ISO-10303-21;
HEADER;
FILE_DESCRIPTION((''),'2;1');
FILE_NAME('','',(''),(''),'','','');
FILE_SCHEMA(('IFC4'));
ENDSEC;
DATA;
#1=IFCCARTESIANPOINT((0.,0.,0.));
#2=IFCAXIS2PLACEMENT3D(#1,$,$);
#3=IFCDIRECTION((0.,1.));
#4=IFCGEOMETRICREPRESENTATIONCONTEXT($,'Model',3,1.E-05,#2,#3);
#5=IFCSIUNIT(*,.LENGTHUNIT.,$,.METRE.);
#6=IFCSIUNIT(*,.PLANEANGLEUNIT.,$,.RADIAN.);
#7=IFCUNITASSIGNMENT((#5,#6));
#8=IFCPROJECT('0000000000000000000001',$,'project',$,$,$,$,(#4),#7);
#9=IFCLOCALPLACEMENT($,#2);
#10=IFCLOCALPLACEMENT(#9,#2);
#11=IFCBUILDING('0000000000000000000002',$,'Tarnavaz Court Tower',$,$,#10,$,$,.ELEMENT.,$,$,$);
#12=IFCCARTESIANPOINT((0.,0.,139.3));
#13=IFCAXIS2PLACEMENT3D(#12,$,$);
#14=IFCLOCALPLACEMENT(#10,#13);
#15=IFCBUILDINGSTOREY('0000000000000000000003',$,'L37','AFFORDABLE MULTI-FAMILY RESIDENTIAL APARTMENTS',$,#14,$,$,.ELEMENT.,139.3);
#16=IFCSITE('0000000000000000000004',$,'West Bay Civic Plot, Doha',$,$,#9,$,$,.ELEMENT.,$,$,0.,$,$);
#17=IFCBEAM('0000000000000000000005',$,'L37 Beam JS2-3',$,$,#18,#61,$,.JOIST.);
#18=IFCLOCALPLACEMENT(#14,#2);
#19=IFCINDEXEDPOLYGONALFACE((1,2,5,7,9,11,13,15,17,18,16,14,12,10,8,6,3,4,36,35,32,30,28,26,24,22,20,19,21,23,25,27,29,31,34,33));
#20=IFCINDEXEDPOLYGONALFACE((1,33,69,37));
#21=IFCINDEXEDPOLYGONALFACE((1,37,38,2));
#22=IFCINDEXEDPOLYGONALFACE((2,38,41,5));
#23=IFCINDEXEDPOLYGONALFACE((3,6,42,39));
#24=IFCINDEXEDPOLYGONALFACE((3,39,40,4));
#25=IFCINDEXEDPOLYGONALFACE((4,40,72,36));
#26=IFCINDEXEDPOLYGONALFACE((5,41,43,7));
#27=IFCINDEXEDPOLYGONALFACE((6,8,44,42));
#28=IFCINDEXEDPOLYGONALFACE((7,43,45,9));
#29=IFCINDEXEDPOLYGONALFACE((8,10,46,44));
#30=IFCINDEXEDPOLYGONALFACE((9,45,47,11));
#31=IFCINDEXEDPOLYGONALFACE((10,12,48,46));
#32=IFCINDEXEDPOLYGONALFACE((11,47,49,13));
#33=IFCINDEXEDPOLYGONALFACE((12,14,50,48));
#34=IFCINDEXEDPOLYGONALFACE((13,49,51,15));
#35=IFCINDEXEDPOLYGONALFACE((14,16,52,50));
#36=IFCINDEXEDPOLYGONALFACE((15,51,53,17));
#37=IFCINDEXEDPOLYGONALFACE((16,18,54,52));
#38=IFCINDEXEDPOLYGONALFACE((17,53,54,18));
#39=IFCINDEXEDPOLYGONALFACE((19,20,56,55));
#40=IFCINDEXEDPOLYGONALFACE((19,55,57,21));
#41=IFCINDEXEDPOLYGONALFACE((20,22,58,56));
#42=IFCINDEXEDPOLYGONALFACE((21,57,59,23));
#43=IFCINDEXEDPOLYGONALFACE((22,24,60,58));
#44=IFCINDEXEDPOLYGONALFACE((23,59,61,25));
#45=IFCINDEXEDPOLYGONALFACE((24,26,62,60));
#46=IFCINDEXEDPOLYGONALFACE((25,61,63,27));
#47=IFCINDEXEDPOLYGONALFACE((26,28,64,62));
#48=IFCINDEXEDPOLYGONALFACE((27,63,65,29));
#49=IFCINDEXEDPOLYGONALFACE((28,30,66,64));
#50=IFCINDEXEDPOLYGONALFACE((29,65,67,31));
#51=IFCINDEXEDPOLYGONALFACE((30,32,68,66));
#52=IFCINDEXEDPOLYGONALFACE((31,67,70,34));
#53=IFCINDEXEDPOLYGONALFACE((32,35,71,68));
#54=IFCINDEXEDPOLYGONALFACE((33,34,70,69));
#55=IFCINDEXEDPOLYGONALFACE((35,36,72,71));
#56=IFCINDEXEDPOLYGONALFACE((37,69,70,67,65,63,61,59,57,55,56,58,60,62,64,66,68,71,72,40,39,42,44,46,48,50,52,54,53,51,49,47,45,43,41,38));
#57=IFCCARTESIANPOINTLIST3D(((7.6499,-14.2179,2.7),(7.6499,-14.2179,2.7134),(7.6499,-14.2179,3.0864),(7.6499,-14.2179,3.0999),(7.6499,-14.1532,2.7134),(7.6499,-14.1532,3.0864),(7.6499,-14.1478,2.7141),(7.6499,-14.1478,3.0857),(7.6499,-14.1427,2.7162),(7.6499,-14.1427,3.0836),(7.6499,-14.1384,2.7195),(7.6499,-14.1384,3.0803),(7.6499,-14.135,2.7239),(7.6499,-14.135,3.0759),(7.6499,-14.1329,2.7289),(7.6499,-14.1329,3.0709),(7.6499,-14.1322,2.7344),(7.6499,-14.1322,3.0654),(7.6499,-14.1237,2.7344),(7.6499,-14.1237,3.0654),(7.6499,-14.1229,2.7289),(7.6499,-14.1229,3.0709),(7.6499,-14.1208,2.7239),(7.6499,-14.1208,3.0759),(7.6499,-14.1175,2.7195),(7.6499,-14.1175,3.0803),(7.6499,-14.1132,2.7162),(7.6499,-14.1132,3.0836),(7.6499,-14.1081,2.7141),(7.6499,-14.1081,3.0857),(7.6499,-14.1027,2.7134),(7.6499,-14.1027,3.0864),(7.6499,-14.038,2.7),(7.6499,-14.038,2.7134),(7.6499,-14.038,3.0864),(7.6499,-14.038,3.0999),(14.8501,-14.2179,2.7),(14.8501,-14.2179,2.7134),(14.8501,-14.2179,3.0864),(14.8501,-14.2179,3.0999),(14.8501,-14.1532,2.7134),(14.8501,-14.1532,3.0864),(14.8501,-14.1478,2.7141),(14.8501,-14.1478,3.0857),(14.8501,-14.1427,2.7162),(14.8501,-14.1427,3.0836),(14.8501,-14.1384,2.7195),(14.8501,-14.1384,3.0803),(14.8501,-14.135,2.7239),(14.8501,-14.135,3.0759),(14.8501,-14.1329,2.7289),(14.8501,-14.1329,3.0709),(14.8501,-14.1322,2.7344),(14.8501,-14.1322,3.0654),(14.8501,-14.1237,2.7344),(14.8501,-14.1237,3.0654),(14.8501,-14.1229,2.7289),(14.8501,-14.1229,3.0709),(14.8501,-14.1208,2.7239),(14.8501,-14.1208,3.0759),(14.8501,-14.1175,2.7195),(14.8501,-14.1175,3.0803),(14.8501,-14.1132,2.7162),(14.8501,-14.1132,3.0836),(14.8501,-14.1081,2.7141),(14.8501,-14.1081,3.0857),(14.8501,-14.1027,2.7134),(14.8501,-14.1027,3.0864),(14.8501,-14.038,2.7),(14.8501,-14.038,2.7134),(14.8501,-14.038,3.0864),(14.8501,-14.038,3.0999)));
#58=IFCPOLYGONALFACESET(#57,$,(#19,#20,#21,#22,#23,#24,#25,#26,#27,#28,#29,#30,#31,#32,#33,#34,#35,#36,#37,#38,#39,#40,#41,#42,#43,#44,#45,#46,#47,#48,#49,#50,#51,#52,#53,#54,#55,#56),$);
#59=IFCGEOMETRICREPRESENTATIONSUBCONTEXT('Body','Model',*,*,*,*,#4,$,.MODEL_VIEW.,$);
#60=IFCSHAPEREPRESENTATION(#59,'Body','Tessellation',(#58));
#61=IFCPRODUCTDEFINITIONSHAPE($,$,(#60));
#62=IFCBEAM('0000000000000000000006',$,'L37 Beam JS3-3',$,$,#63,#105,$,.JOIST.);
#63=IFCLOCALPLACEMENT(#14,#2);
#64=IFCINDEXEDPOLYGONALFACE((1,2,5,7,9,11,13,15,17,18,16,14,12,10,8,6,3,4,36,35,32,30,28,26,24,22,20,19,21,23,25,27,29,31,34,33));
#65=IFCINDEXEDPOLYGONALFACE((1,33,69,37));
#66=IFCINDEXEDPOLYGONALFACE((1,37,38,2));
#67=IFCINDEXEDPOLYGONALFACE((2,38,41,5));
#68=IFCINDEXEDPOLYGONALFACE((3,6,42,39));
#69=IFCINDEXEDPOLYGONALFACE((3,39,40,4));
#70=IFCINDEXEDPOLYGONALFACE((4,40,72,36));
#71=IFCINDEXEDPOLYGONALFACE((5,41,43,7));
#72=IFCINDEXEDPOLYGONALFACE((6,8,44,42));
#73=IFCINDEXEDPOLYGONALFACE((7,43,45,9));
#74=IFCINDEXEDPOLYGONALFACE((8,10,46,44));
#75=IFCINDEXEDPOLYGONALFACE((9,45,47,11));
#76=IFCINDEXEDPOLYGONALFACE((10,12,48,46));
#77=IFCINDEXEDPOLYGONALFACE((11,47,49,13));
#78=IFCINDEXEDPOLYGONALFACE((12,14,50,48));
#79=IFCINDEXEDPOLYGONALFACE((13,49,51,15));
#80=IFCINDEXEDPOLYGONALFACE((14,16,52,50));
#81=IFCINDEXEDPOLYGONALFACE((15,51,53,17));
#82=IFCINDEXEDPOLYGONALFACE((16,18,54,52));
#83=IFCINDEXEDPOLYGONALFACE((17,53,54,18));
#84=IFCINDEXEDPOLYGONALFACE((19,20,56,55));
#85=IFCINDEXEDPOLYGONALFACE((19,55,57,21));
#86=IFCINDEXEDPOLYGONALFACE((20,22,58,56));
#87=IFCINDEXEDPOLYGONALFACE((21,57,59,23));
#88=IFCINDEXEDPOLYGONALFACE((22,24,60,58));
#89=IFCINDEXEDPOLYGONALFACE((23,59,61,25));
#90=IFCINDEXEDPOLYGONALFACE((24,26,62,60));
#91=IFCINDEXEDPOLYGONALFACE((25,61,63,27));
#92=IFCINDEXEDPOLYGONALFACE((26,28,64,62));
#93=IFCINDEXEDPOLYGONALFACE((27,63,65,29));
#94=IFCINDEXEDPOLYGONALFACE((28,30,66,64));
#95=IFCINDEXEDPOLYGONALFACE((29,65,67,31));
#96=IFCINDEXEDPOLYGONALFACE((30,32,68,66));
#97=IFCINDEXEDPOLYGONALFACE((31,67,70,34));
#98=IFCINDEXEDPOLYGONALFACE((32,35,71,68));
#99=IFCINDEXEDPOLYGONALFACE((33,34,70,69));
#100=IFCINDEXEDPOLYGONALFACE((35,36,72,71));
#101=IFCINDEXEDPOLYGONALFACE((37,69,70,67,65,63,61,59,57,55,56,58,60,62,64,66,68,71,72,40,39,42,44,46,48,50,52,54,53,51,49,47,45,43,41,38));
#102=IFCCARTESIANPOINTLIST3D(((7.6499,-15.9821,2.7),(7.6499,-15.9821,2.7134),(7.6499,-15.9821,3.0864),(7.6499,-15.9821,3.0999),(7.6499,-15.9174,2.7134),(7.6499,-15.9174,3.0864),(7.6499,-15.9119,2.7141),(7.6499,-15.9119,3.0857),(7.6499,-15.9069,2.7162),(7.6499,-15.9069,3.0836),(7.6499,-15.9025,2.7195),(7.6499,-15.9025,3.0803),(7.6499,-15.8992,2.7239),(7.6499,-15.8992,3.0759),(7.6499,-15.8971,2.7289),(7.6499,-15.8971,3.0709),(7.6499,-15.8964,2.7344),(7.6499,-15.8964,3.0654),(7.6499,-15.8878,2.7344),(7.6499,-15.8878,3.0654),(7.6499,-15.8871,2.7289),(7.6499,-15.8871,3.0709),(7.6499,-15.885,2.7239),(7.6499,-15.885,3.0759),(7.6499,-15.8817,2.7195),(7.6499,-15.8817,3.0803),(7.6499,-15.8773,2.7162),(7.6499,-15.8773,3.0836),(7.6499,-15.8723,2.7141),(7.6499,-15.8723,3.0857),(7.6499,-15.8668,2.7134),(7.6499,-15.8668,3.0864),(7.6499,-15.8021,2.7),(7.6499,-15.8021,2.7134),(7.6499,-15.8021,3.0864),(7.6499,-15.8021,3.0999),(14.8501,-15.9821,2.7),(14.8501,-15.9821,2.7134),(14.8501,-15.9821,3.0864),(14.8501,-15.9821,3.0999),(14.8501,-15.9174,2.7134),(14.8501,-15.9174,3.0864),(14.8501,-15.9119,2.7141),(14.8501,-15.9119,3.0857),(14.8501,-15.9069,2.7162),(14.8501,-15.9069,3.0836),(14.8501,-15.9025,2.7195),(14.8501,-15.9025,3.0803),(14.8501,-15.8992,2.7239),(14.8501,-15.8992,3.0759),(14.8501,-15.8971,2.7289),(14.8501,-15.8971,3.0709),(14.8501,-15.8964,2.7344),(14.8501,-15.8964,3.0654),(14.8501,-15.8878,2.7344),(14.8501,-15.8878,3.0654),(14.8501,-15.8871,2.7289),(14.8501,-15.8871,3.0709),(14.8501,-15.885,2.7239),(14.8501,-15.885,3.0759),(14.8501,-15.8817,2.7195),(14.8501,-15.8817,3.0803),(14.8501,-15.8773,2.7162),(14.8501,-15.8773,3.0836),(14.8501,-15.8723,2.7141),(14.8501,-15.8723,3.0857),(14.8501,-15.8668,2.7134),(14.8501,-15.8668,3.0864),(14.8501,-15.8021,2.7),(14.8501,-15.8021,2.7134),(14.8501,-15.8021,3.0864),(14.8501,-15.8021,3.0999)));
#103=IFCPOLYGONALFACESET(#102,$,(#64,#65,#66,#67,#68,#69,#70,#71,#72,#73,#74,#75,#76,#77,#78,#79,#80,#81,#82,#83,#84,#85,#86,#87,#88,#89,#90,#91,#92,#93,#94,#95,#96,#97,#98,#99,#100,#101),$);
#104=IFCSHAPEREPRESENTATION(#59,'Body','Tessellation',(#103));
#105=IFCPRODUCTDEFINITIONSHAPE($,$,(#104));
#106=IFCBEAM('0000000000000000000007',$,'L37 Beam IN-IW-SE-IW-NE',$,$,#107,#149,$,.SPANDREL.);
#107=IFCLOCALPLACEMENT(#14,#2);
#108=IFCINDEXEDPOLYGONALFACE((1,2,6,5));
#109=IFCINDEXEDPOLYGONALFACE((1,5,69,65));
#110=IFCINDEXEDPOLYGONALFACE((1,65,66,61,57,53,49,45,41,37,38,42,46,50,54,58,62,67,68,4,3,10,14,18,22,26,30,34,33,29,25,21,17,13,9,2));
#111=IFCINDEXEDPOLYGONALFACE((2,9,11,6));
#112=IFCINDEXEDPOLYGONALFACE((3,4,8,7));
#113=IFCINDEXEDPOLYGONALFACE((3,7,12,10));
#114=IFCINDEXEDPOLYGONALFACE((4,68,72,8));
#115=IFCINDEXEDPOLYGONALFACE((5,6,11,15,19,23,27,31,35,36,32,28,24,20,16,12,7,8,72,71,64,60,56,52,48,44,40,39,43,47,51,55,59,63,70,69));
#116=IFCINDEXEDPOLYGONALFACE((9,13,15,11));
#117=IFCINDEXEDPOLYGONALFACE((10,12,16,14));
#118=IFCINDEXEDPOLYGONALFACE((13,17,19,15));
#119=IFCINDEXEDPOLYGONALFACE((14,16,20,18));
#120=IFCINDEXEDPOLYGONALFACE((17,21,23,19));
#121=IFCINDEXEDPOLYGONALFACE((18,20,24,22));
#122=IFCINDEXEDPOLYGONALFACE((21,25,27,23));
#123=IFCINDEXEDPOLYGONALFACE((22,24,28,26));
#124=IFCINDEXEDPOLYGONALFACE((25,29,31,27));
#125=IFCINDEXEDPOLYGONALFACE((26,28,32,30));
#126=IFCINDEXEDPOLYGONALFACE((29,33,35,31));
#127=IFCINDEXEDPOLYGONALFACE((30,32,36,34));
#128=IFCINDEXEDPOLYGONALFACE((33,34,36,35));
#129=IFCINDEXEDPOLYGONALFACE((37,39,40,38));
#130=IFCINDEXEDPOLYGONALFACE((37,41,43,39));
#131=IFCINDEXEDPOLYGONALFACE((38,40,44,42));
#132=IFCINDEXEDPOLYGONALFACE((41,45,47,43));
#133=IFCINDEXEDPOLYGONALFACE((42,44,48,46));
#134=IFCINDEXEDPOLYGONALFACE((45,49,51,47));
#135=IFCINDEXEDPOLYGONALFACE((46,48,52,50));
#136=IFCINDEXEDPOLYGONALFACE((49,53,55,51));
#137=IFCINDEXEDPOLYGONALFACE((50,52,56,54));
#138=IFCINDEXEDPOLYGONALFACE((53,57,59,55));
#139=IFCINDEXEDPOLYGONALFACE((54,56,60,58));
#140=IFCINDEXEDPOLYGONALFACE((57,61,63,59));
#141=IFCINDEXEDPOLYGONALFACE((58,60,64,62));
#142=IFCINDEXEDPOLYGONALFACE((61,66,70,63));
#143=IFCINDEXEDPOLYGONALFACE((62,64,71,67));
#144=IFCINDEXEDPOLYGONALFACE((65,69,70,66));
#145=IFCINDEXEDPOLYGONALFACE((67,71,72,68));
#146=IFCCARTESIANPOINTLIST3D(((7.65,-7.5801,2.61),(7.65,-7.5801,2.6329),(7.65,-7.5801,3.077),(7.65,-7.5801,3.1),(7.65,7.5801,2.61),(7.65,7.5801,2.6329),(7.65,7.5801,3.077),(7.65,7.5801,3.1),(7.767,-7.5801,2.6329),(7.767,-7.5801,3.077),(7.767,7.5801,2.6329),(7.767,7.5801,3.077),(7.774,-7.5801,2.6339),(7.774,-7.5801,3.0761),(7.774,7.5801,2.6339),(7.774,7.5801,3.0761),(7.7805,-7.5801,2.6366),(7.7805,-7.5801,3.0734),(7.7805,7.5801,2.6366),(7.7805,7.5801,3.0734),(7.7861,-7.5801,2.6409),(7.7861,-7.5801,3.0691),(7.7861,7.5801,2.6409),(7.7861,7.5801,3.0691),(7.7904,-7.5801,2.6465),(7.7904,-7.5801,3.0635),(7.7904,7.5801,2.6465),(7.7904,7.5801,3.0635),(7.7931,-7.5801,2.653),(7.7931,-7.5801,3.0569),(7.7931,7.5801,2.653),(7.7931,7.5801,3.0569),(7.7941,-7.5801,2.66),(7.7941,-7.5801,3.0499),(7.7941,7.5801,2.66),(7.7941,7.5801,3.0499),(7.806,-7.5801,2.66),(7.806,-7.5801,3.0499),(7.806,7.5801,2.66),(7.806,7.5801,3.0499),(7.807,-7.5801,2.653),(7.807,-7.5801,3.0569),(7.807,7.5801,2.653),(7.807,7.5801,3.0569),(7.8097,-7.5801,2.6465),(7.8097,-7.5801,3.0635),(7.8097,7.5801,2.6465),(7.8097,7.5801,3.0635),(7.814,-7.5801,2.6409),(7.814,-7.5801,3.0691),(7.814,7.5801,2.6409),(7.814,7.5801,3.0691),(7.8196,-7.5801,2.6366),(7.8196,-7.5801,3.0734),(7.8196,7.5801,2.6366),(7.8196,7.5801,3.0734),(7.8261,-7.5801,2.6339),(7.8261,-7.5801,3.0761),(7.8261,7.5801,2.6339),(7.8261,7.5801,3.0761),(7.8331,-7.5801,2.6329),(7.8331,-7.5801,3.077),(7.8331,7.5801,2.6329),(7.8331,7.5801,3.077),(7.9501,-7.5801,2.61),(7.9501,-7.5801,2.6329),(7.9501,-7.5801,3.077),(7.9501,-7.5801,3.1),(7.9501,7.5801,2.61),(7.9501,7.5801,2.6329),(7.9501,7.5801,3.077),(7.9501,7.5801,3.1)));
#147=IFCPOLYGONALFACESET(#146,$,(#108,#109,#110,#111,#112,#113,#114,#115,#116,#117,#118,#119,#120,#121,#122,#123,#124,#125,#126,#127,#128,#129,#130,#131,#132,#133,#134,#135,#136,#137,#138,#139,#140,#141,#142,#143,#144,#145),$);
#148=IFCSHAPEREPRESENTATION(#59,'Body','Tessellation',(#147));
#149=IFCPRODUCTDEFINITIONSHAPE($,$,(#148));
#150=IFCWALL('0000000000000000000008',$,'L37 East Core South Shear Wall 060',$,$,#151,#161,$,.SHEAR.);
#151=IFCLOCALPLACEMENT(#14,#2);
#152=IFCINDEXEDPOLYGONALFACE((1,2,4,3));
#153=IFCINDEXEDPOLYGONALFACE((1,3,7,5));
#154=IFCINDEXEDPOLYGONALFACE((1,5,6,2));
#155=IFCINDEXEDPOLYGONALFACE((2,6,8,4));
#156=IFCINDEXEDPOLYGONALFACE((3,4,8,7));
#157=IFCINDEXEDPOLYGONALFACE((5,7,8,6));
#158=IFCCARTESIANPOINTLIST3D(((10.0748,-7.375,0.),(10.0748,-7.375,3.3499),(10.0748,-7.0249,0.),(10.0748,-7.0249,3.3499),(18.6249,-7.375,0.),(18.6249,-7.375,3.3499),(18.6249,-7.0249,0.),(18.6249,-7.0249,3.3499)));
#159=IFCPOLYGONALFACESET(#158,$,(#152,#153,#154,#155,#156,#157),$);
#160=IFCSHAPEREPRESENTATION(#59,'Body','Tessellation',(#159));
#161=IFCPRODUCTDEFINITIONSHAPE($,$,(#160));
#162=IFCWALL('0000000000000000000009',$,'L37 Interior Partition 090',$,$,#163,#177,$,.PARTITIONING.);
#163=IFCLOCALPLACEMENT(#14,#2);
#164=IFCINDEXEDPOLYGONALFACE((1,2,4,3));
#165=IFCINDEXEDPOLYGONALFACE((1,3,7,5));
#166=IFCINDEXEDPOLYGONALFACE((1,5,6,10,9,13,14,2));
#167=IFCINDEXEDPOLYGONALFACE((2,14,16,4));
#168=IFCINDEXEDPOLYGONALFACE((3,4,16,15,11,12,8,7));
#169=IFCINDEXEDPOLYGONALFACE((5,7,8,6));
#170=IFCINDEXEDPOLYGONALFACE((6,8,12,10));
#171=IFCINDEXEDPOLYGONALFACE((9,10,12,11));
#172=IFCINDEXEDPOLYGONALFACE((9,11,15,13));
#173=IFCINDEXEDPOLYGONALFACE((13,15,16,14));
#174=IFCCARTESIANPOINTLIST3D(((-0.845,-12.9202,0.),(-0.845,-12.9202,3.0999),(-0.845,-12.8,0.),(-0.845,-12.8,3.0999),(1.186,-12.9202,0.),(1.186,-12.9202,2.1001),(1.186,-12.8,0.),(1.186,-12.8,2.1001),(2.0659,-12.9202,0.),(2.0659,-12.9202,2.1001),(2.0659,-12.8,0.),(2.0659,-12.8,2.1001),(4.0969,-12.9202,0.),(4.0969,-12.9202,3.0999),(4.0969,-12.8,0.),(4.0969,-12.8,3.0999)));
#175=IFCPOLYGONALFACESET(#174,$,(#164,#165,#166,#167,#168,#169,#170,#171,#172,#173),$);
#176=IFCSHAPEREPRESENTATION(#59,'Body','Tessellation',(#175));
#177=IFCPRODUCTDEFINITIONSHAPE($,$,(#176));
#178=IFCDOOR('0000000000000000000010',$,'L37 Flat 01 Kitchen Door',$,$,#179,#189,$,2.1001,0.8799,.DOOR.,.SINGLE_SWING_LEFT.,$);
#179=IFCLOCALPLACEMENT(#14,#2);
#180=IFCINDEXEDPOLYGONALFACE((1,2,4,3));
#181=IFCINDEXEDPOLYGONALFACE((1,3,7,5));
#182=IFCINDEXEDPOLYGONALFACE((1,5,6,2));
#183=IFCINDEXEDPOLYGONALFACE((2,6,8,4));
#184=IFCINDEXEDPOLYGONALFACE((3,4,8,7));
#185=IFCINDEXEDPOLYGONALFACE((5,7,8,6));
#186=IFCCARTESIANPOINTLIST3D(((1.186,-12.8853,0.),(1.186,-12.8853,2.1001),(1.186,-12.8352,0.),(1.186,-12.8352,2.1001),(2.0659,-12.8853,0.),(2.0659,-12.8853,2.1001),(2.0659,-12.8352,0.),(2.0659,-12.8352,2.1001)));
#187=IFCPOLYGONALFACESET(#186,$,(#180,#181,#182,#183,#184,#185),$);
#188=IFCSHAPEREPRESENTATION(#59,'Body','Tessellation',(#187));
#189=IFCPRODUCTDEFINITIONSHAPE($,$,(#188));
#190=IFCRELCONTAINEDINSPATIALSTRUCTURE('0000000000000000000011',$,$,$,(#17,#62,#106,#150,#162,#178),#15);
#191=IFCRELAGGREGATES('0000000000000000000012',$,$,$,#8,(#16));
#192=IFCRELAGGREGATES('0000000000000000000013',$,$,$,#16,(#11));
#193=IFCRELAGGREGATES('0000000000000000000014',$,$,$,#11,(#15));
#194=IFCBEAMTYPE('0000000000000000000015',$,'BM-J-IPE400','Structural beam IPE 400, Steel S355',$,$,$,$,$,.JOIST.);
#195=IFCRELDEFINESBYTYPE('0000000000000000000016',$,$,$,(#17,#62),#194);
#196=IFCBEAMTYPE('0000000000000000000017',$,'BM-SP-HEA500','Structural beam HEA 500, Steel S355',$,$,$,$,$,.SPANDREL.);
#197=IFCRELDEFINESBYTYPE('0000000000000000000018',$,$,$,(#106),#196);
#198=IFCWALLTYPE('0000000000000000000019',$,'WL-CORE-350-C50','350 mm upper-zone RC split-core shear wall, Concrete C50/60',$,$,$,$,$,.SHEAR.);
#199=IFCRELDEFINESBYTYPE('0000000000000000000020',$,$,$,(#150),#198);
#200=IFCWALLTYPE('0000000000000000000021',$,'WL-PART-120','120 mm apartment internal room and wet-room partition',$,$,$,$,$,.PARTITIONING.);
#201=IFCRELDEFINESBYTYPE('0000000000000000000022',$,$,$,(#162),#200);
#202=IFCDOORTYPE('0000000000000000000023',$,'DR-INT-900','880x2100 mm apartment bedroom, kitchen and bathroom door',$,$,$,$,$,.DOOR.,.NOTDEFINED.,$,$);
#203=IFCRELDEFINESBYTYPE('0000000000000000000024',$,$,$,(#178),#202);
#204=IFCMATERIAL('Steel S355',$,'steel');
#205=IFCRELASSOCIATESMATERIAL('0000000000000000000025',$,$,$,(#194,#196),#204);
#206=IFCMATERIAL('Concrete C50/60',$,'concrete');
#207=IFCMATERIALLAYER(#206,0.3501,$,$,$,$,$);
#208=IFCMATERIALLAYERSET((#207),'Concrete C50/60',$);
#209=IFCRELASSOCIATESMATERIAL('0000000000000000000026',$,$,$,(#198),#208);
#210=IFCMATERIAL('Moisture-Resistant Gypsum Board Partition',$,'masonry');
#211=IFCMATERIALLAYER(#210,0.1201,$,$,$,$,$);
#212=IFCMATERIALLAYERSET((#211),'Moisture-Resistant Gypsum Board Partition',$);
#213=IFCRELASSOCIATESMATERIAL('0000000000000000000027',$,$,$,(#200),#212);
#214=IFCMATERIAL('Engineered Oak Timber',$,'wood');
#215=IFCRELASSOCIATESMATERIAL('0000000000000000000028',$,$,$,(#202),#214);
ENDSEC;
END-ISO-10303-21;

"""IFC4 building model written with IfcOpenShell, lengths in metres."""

from ifc_helpers import new_model, si_unit, direction, frame, frame_2d, origin, origin_2d, place, context, subcontext, project, spatial, rectangle, i_section, extrude, material, layer, layer_set, material_profile, profile_set, type_object, element, fill, save


model = new_model("IFC4")

# Units and contexts
model_context = context("Model", 3, precision=1e-05, world=origin(), true_north=direction((0.0, 1.0)))
body_context = subcontext(model_context, "Body", "Model", "MODEL_VIEW")
ifc_project = project(units=[si_unit("LENGTHUNIT", "METRE"), si_unit("PLANEANGLEUNIT", "RADIAN")], contexts=[model_context])

# Site, building, storey
site_placement = place(None, origin())
site = spatial("IfcSite", under=ifc_project, at=site_placement, Name="West Bay Civic Plot, Doha", CompositionType="ELEMENT", RefElevation=0.0)
building_placement = place(site_placement, origin())
building = spatial("IfcBuilding", under=site, at=building_placement, Name="Tarnavaz Court Tower", CompositionType="ELEMENT")
storey_placement = place(building_placement, frame((0.0, 0.0, 139.3)))
storey = spatial("IfcBuildingStorey", under=building, at=storey_placement, Name="L37", Description="AFFORDABLE MULTI-FAMILY RESIDENTIAL APARTMENTS", CompositionType="ELEMENT", Elevation=139.3)

# Beams
ifc_material_1 = material(Name="Steel S355", Category="steel")
ifc_material_profile_1 = material_profile(ifc_material_1, i_section(OverallWidth=0.1799, OverallDepth=0.3999, WebThickness=0.0085, FlangeThickness=0.0134, FilletRadius=0.021, at=origin_2d()), Name="IPE 400")
ifc_profile_set_1 = profile_set([ifc_material_profile_1], Name="Steel S355")
beam_type_1 = type_object("IfcBeamType", Name="BM-J-IPE400", Description="Structural beam IPE 400, Steel S355", PredefinedType="JOIST", material=ifc_profile_set_1)
for number, where, z_axis, x_axis, name in (
    (1, (7.6499, -14.1279, 2.8999), (1.0, 0.0, 0.0), (0.0, 1.0, 0.0), "L37 Beam JS2-3"),
    (2, (7.6499, -15.8921, 2.8999), (1.0, 0.0, 0.0), (0.0, 1.0, 0.0), "L37 Beam JS3-3"),
):
    element("IfcBeam", number, at=place(storey_placement, frame(where, z_axis=z_axis, x_axis=x_axis)), inside=storey, type_object=beam_type_1, Name=name, PredefinedType="JOIST", context=body_context, shape_type="SweptSolid", body=[
        extrude(i_section(OverallWidth=0.1799, OverallDepth=0.3999, WebThickness=0.0085, FlangeThickness=0.0134, FilletRadius=0.021, at=origin_2d()), origin(), (0.0, 0.0, 1.0), 7.2002),
    ])
ifc_material_profile_2 = material_profile(ifc_material_1, i_section(OverallWidth=0.3, OverallDepth=0.49, WebThickness=0.012, FlangeThickness=0.0229, FilletRadius=0.0271, at=origin_2d()), Name="HEA 500")
ifc_profile_set_2 = profile_set([ifc_material_profile_2], Name="Steel S355")
beam_type_2 = type_object("IfcBeamType", Name="BM-SP-HEA500", Description="Structural beam HEA 500, Steel S355", PredefinedType="SPANDREL", material=ifc_profile_set_2)
beam_1_placement = place(storey_placement, frame((7.8, -7.5801, 2.855), z_axis=(0.0, 1.0, 0.0), x_axis=(-1.0, 0.0, 0.0)))
element("IfcBeam", 3, at=beam_1_placement, inside=storey, type_object=beam_type_2, Name="L37 Beam IN-IW-SE-IW-NE", PredefinedType="SPANDREL", context=body_context, shape_type="SweptSolid", body=[
    extrude(i_section(OverallWidth=0.3, OverallDepth=0.49, WebThickness=0.012, FlangeThickness=0.0229, FilletRadius=0.0271, at=origin_2d()), origin(), (0.0, 0.0, 1.0), 15.1602),
])

# Wall
ifc_material_2 = material(Name="Concrete C50/60", Category="concrete")
ifc_layer_1 = layer(ifc_material_2, 0.3501)
ifc_layer_set_1 = layer_set([ifc_layer_1], Name="Concrete C50/60")
wall_type_1 = type_object("IfcWallType", Name="WL-CORE-350-C50", Description="350 mm upper-zone RC split-core shear wall, Concrete C50/60", PredefinedType="SHEAR", material=ifc_layer_set_1)
wall_1_placement = place(storey_placement, frame((10.075, -7.2, 0.0), z_axis=(0.0, 0.0, 1.0), x_axis=(1.0, 0.0, 0.0)))
element("IfcWall", 4, at=wall_1_placement, inside=storey, type_object=wall_type_1, Name="L37 East Core South Shear Wall 060", PredefinedType="SHEAR", context=body_context, shape_type="SweptSolid", body=[
    extrude(rectangle(XDim=8.55, YDim=0.3501, at=frame_2d((4.2749, 0.0))), origin(), (0.0, 0.0, 1.0), 3.3499),
])

# Shared definitions
ifc_material_3 = material(Name="Engineered Oak Timber", Category="wood")

# Wall, opening, door
ifc_material_4 = material(Name="Moisture-Resistant Gypsum Board Partition", Category="masonry")
ifc_layer_2 = layer(ifc_material_4, 0.1201)
ifc_layer_set_2 = layer_set([ifc_layer_2], Name="Moisture-Resistant Gypsum Board Partition")
wall_type_2 = type_object("IfcWallType", Name="WL-PART-120", Description="120 mm apartment internal room and wet-room partition", PredefinedType="PARTITIONING", material=ifc_layer_set_2)
wall_2_placement = place(storey_placement, frame((-0.845, -12.8601, 0.0), z_axis=(0.0, 0.0, 1.0), x_axis=(1.0, 0.0, 0.0)))
wall_2 = element("IfcWall", 5, at=wall_2_placement, inside=storey, type_object=wall_type_2, Name="L37 Interior Partition 090", PredefinedType="PARTITIONING", context=body_context, shape_type="SweptSolid", body=[
    extrude(rectangle(XDim=4.9419, YDim=0.1201, at=frame_2d((2.4709, 0.0))), origin(), (0.0, 0.0, 1.0), 3.0999),
])
opening_1_placement = place(wall_2_placement, frame((2.031, 0.0, 0.0)))
opening_1 = element("IfcOpeningElement", 6, at=opening_1_placement, cuts=wall_2, PredefinedType="OPENING", context=body_context, shape_type="SweptSolid", body=[
    extrude(rectangle(XDim=0.8799, YDim=2.1001, at=frame_2d((0.4399, 1.05))), frame((0.0, 0.0701, 0.0), z_axis=(0.0, -1.0, 0.0), x_axis=(1.0, 0.0, 0.0)), (0.0, 0.0, 1.0), 0.1401),
])
door_type_1 = type_object("IfcDoorType", Name="DR-INT-900", Description="880x2100 mm apartment bedroom, kitchen and bathroom door", OperationType="NOTDEFINED", PredefinedType="DOOR", material=ifc_material_3)
door_1_placement = place(opening_1_placement, origin())
door_1 = element("IfcDoor", 7, at=door_1_placement, inside=storey, type_object=door_type_1, Name="L37 Flat 01 Kitchen Door", OperationType="SINGLE_SWING_LEFT", OverallHeight=2.1001, OverallWidth=0.8799, PredefinedType="DOOR", context=body_context, shape_type="SweptSolid", body=[
    extrude(rectangle(XDim=0.8799, YDim=2.1001, at=frame_2d((0.4399, 1.05))), frame((0.0, 0.0249, 0.0), z_axis=(0.0, -1.0, 0.0), x_axis=(1.0, 0.0, 0.0)), (0.0, 0.0, 1.0), 0.05),
])
fill(opening_1, door_1)

save(model, "model.ifc")
